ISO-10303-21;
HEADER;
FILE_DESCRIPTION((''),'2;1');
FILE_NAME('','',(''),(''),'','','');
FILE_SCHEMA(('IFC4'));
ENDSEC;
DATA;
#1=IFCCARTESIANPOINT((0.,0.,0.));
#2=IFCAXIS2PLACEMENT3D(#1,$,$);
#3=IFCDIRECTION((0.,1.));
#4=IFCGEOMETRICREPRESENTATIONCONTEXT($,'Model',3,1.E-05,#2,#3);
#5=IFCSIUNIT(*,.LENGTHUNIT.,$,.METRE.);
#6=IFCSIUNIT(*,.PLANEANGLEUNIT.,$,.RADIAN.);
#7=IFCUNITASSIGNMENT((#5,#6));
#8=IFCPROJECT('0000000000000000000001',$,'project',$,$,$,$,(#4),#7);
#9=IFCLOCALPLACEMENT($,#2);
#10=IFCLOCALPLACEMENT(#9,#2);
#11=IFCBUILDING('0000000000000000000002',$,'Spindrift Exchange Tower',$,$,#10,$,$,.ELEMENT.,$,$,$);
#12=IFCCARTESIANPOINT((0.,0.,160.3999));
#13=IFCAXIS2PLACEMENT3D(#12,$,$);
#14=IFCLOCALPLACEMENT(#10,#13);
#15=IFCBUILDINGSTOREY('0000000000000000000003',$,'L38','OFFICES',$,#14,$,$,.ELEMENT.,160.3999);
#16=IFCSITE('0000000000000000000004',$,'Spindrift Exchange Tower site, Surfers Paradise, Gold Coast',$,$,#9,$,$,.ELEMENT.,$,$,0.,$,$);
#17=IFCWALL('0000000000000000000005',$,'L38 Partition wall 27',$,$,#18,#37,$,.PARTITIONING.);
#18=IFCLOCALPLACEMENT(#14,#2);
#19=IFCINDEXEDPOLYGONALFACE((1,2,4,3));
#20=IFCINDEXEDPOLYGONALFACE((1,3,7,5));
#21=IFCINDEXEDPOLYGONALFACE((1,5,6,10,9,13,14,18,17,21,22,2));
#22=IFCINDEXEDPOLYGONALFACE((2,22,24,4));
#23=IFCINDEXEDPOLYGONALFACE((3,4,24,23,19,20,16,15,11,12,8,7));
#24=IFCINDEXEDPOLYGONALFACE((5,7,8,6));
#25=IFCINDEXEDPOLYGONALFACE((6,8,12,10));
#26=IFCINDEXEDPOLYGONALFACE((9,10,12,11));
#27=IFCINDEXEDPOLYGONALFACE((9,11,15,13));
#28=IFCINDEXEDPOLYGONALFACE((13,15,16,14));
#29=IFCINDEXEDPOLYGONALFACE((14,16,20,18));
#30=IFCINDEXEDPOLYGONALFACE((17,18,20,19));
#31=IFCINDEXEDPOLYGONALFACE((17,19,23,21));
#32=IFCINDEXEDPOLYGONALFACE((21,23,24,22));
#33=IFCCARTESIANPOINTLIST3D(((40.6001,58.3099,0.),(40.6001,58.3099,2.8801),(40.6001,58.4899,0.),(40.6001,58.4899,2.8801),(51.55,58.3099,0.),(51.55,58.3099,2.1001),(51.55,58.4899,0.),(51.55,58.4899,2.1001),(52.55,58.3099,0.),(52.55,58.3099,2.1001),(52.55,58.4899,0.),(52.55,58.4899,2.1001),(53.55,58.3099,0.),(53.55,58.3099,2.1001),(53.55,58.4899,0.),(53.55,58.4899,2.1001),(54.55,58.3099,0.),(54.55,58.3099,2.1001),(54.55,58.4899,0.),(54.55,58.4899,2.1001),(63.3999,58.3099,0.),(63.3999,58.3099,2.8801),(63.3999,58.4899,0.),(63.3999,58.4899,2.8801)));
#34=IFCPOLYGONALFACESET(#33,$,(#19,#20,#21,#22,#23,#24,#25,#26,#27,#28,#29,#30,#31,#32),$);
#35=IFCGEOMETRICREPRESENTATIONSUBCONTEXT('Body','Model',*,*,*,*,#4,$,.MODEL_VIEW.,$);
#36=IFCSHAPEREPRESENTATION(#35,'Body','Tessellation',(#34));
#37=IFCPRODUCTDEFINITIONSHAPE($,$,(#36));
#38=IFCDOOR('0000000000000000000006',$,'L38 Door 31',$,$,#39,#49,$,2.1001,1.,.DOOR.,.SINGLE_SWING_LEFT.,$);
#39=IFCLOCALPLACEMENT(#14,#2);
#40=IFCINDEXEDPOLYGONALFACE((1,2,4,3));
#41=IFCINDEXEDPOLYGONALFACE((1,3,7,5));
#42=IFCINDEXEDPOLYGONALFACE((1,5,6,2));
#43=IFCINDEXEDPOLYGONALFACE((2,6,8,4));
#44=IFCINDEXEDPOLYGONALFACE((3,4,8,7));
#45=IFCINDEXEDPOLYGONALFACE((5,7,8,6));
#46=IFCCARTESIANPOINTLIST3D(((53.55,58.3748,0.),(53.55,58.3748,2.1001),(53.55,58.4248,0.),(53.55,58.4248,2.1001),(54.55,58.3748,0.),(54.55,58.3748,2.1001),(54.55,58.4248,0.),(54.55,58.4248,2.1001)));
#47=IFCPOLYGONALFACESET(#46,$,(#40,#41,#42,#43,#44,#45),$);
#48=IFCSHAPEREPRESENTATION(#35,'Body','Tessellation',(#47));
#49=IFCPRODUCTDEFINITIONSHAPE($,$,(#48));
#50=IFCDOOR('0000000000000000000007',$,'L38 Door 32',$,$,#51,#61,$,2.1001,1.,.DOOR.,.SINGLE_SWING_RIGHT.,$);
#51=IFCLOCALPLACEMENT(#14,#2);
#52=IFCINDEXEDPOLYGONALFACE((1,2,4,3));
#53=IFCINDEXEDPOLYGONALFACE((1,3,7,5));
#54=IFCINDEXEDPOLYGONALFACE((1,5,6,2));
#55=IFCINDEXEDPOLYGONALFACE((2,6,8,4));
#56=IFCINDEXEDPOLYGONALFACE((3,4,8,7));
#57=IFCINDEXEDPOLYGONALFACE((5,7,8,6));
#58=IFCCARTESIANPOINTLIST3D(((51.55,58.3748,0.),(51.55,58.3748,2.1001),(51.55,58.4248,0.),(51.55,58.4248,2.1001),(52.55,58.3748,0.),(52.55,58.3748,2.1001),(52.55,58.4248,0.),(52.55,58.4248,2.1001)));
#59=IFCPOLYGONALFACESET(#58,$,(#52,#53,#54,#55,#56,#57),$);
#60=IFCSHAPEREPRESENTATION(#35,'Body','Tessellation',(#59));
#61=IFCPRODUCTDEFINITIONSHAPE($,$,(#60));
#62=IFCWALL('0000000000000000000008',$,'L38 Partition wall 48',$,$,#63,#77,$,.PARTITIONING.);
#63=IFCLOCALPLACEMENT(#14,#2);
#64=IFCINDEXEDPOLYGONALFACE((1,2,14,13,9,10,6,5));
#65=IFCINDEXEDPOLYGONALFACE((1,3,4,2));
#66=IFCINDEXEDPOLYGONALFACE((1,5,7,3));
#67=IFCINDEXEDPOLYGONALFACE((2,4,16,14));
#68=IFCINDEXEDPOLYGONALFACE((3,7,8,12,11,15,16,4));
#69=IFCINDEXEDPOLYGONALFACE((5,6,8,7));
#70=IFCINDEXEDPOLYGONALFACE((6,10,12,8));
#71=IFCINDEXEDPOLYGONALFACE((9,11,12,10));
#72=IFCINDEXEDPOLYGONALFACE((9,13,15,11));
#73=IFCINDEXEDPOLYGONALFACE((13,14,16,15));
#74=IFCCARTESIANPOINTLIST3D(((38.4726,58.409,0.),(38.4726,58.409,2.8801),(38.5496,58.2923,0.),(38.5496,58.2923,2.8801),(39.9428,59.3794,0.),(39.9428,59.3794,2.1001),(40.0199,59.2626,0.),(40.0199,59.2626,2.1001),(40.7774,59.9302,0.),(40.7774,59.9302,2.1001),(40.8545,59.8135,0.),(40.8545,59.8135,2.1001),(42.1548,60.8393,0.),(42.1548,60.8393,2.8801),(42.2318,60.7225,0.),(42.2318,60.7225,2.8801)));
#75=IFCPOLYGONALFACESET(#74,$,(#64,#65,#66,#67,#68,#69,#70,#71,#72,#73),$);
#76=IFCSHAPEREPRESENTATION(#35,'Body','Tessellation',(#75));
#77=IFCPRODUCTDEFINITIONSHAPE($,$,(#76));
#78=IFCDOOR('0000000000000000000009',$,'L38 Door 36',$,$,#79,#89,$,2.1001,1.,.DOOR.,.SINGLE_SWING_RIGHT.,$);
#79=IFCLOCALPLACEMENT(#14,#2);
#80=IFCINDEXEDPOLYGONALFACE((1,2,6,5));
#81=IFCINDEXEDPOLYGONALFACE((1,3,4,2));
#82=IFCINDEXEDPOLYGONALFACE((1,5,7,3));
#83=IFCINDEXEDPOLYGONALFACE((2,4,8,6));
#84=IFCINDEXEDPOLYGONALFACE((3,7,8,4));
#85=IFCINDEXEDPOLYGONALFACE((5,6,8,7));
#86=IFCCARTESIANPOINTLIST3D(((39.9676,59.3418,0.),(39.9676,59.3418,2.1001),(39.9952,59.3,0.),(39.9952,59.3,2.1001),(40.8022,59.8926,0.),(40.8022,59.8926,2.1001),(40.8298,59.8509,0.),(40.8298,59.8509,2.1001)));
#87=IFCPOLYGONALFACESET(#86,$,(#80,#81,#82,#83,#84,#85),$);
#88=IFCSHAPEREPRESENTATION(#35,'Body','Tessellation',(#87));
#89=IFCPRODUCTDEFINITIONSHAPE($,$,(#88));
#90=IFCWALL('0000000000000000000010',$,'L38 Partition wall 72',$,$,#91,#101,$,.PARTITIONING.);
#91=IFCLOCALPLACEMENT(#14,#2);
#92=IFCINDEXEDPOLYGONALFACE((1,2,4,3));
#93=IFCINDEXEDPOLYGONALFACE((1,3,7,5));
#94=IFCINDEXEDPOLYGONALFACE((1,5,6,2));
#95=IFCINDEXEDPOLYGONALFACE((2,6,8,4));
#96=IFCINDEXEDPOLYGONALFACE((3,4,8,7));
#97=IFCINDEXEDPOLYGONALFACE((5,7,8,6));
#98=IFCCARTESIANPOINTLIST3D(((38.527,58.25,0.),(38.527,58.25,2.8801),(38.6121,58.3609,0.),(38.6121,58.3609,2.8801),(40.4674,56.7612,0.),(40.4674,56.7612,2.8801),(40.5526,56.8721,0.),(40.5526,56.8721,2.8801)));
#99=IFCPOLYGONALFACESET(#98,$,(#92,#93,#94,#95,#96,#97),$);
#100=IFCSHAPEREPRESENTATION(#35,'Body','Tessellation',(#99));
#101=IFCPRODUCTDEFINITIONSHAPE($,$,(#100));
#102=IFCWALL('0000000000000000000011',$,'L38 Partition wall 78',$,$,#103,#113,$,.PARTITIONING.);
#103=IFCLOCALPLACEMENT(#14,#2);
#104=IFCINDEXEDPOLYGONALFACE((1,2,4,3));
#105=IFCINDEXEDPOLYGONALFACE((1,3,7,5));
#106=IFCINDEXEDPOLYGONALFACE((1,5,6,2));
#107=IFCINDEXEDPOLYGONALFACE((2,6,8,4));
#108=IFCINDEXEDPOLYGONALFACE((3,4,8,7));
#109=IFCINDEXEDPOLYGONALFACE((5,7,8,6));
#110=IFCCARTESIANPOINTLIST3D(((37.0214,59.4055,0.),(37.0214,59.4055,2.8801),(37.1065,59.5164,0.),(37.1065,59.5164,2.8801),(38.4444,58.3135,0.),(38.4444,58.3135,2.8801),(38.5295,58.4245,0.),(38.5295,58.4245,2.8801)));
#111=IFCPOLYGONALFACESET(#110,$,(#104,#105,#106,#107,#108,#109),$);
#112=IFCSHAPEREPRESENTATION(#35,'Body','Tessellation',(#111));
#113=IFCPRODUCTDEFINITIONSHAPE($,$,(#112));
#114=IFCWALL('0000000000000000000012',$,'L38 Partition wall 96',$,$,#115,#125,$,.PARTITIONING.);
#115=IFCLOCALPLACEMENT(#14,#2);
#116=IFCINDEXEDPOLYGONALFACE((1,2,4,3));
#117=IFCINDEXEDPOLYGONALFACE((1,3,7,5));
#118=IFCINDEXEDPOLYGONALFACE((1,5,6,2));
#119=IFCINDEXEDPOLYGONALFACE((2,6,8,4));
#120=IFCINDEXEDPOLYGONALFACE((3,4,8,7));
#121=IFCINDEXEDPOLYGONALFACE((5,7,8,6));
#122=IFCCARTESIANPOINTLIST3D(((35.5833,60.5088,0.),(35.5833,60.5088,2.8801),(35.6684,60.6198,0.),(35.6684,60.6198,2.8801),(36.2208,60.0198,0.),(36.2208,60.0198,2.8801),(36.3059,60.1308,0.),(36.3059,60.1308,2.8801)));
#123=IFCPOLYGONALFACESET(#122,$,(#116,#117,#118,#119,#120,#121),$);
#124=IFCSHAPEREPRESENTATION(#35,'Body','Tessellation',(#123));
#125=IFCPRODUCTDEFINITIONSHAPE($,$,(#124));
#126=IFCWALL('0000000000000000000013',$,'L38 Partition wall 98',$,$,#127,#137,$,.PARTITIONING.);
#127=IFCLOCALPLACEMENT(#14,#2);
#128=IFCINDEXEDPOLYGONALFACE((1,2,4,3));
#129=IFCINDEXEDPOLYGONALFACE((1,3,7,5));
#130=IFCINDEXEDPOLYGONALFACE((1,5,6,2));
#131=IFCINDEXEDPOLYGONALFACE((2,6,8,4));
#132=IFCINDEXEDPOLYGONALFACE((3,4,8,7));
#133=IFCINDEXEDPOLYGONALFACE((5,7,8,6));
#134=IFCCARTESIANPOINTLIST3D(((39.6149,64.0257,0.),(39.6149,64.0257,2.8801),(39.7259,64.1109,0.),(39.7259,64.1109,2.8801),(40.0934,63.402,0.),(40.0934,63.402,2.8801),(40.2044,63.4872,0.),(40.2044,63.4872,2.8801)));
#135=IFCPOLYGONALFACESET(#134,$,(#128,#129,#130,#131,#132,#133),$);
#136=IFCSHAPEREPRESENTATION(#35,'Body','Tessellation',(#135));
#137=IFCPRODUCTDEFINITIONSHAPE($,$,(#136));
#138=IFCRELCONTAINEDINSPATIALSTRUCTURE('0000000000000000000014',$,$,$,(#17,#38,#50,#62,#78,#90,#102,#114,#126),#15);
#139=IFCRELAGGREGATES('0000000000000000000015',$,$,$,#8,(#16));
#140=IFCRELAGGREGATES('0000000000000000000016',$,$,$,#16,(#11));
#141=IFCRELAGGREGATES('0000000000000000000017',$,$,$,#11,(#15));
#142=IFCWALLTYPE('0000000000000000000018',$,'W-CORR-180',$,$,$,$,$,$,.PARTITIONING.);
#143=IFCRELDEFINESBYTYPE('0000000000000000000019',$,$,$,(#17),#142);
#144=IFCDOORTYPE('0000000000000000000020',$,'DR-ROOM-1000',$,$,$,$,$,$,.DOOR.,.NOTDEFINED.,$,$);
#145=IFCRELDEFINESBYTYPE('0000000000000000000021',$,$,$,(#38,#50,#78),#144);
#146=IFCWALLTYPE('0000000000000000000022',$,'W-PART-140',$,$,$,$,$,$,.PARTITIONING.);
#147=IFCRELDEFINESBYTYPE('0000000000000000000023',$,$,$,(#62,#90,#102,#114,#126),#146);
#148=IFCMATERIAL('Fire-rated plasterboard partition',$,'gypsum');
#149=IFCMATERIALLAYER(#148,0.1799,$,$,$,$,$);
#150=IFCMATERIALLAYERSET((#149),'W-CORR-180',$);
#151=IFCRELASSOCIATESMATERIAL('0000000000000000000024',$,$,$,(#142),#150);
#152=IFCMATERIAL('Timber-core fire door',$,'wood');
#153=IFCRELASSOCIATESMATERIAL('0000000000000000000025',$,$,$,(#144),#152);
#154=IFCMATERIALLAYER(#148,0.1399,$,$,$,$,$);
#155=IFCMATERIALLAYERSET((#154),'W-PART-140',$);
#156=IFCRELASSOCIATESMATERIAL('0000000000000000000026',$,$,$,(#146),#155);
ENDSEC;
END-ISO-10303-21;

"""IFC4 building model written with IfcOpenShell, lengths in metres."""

from ifc_helpers import new_model, si_unit, direction, frame, frame_2d, origin, place, context, subcontext, project, spatial, rectangle, extrude, source, transform, mapped, material, layer, layer_set, type_object, element, fill, save


model = new_model("IFC4")

# Units and contexts
model_context = context("Model", 3, precision=1e-05, world=origin(), true_north=direction((0.0, 1.0)))
body_context = subcontext(model_context, "Body", "Model", "MODEL_VIEW")
ifc_project = project(units=[si_unit("LENGTHUNIT", "METRE"), si_unit("PLANEANGLEUNIT", "RADIAN")], contexts=[model_context])

# Site, building, storey
site_placement = place(None, origin())
site = spatial("IfcSite", under=ifc_project, at=site_placement, Name="Spindrift Exchange Tower site, Surfers Paradise, Gold Coast", CompositionType="ELEMENT", RefElevation=0.0)
building_placement = place(site_placement, origin())
building = spatial("IfcBuilding", under=site, at=building_placement, Name="Spindrift Exchange Tower", CompositionType="ELEMENT")
storey_placement = place(building_placement, frame((0.0, 0.0, 160.3999)))
storey = spatial("IfcBuildingStorey", under=building, at=storey_placement, Name="L38", Description="OFFICES", CompositionType="ELEMENT", Elevation=160.3999)

# Wall, openings, doors
ifc_material_1 = material(Name="Fire-rated plasterboard partition", Category="gypsum")
ifc_layer_1 = layer(ifc_material_1, 0.1799)
ifc_layer_set_1 = layer_set([ifc_layer_1], Name="W-CORR-180")
wall_type_1 = type_object("IfcWallType", Name="W-CORR-180", PredefinedType="PARTITIONING", material=ifc_layer_set_1)
wall_1_placement = place(storey_placement, frame((40.6001, 58.3999, 0.0), z_axis=(0.0, 0.0, 1.0), x_axis=(1.0, 0.0, 0.0)))
wall_1 = element("IfcWall", 1, at=wall_1_placement, inside=storey, type_object=wall_type_1, Name="L38 Partition wall 27", PredefinedType="PARTITIONING", context=body_context, shape_type="SweptSolid", body=[
    extrude(rectangle(XDim=22.7998, YDim=0.1799, at=frame_2d((11.3999, 0.0))), origin(), (0.0, 0.0, 1.0), 2.8801),
])
opening_1_placement = place(wall_1_placement, frame((12.95, 0.0, 0.0)))
opening_1 = element("IfcOpeningElement", 2, at=opening_1_placement, cuts=wall_1, PredefinedType="OPENING", context=body_context, shape_type="SweptSolid", body=[
    extrude(rectangle(XDim=1.0, YDim=2.1001, at=frame_2d((0.5, 1.05))), frame((0.0, 0.0999, 0.0), z_axis=(0.0, -1.0, 0.0), x_axis=(1.0, 0.0, 0.0)), (0.0, 0.0, 1.0), 0.2),
])
opening_2_placement = place(wall_1_placement, frame((10.95, 0.0, 0.0)))
opening_2 = element("IfcOpeningElement", 3, at=opening_2_placement, cuts=wall_1, PredefinedType="OPENING", context=body_context, shape_type="SweptSolid", body=[
    extrude(rectangle(XDim=1.0, YDim=2.1001, at=frame_2d((0.5, 1.05))), frame((0.0, 0.0999, 0.0), z_axis=(0.0, -1.0, 0.0), x_axis=(1.0, 0.0, 0.0)), (0.0, 0.0, 1.0), 0.2),
])
ifc_material_2 = material(Name="Timber-core fire door", Category="wood")
door_type = type_object("IfcDoorType", Name="DR-ROOM-1000", OperationType="NOTDEFINED", PredefinedType="DOOR", material=ifc_material_2)
shared_shape_1 = source(origin(), body_context, "Body", "SweptSolid", [
    extrude(rectangle(XDim=1.0, YDim=2.1001, at=frame_2d((0.5, 1.05))), frame((0.0, 0.0249, 0.0), z_axis=(0.0, -1.0, 0.0), x_axis=(1.0, 0.0, 0.0)), (0.0, 0.0, 1.0), 0.05),
])
door_1_placement = place(opening_1_placement, origin())
door_1 = element("IfcDoor", 4, at=door_1_placement, inside=storey, type_object=door_type, Name="L38 Door 31", OperationType="SINGLE_SWING_LEFT", OverallHeight=2.1001, OverallWidth=1.0, PredefinedType="DOOR", context=body_context, shape_type="MappedRepresentation", body=[
    mapped(shared_shape_1, transform((0.0, 0.0, 0.0), scale=1.0)),
])
fill(opening_1, door_1)
door_2_placement = place(opening_2_placement, origin())
door_2 = element("IfcDoor", 5, at=door_2_placement, inside=storey, type_object=door_type, Name="L38 Door 32", OperationType="SINGLE_SWING_RIGHT", OverallHeight=2.1001, OverallWidth=1.0, PredefinedType="DOOR", context=body_context, shape_type="MappedRepresentation", body=[
    mapped(shared_shape_1, transform((0.0, 0.0, 0.0), scale=1.0)),
])
fill(opening_2, door_2)

# Wall, opening, door
ifc_layer_2 = layer(ifc_material_1, 0.1399)
ifc_layer_set_2 = layer_set([ifc_layer_2], Name="W-PART-140")
wall_type_2 = type_object("IfcWallType", Name="W-PART-140", PredefinedType="PARTITIONING", material=ifc_layer_set_2)
wall_2_placement = place(storey_placement, frame((38.511, 58.3506, 0.0), z_axis=(0.0, 0.0, 1.0), x_axis=(0.834612, 0.550838, 0.0)))
wall_2 = element("IfcWall", 6, at=wall_2_placement, inside=storey, type_object=wall_type_2, Name="L38 Partition wall 48", PredefinedType="PARTITIONING", context=body_context, shape_type="SweptSolid", body=[
    extrude(rectangle(XDim=4.4119, YDim=0.1399, at=frame_2d((2.2061, 0.0))), origin(), (0.0, 0.0, 1.0), 2.8801),
])
opening_3_placement = place(wall_2_placement, frame((1.7617, 0.0, 0.0)))
opening_3 = element("IfcOpeningElement", 7, at=opening_3_placement, cuts=wall_2, PredefinedType="OPENING", context=body_context, shape_type="SweptSolid", body=[
    extrude(rectangle(XDim=1.0, YDim=2.1001, at=frame_2d((0.5, 1.05))), frame((0.0, 0.0798, 0.0), z_axis=(0.0, -1.0, 0.0), x_axis=(1.0, 0.0, 0.0)), (0.0, 0.0, 1.0), 0.1599),
])
door_3_placement = place(opening_3_placement, origin())
door_3 = element("IfcDoor", 8, at=door_3_placement, inside=storey, type_object=door_type, Name="L38 Door 36", OperationType="SINGLE_SWING_RIGHT", OverallHeight=2.1001, OverallWidth=1.0, PredefinedType="DOOR", context=body_context, shape_type="MappedRepresentation", body=[
    mapped(shared_shape_1, transform((0.0, 0.0, 0.0), scale=1.0)),
])
fill(opening_3, door_3)

# Walls
wall_3_placement = place(storey_placement, frame((40.51, 56.8167, 0.0), z_axis=(0.0, 0.0, 1.0), x_axis=(-0.793388, 0.608717, 0.0)))
element("IfcWall", 9, at=wall_3_placement, inside=storey, type_object=wall_type_2, Name="L38 Partition wall 72", PredefinedType="PARTITIONING", context=body_context, shape_type="SweptSolid", body=[
    extrude(rectangle(XDim=2.4458, YDim=0.1399, at=frame_2d((1.2229, 0.0))), origin(), (0.0, 0.0, 1.0), 2.8801),
])
wall_4_placement = place(storey_placement, frame((38.4871, 58.3689, 0.0), z_axis=(0.0, 0.0, 1.0), x_axis=(-0.793337, 0.608783, 0.0)))
element("IfcWall", 10, at=wall_4_placement, inside=storey, type_object=wall_type_2, Name="L38 Partition wall 78", PredefinedType="PARTITIONING", context=body_context, shape_type="SweptSolid", body=[
    extrude(rectangle(XDim=1.7937, YDim=0.1399, at=frame_2d((0.897, 0.0))), origin(), (0.0, 0.0, 1.0), 2.8801),
])
wall_5_placement = place(storey_placement, frame((36.2634, 60.0752, 0.0), z_axis=(0.0, 0.0, 1.0), x_axis=(-0.793425, 0.608668, 0.0)))
element("IfcWall", 11, at=wall_5_placement, inside=storey, type_object=wall_type_2, Name="L38 Partition wall 96", PredefinedType="PARTITIONING", context=body_context, shape_type="SweptSolid", body=[
    extrude(rectangle(XDim=0.8035, YDim=0.1399, at=frame_2d((0.4019, 0.0))), origin(), (0.0, 0.0, 1.0), 2.8801),
])
wall_6_placement = place(storey_placement, frame((40.1489, 63.4446, 0.0), z_axis=(0.0, 0.0, 1.0), x_axis=(-0.60866, 0.793431, 0.0)))
element("IfcWall", 12, at=wall_6_placement, inside=storey, type_object=wall_type_2, Name="L38 Partition wall 98", PredefinedType="PARTITIONING", context=body_context, shape_type="SweptSolid", body=[
    extrude(rectangle(XDim=0.7861, YDim=0.1399, at=frame_2d((0.3931, 0.0))), origin(), (0.0, 0.0, 1.0), 2.8801),
])

save(model, "model.ifc")
